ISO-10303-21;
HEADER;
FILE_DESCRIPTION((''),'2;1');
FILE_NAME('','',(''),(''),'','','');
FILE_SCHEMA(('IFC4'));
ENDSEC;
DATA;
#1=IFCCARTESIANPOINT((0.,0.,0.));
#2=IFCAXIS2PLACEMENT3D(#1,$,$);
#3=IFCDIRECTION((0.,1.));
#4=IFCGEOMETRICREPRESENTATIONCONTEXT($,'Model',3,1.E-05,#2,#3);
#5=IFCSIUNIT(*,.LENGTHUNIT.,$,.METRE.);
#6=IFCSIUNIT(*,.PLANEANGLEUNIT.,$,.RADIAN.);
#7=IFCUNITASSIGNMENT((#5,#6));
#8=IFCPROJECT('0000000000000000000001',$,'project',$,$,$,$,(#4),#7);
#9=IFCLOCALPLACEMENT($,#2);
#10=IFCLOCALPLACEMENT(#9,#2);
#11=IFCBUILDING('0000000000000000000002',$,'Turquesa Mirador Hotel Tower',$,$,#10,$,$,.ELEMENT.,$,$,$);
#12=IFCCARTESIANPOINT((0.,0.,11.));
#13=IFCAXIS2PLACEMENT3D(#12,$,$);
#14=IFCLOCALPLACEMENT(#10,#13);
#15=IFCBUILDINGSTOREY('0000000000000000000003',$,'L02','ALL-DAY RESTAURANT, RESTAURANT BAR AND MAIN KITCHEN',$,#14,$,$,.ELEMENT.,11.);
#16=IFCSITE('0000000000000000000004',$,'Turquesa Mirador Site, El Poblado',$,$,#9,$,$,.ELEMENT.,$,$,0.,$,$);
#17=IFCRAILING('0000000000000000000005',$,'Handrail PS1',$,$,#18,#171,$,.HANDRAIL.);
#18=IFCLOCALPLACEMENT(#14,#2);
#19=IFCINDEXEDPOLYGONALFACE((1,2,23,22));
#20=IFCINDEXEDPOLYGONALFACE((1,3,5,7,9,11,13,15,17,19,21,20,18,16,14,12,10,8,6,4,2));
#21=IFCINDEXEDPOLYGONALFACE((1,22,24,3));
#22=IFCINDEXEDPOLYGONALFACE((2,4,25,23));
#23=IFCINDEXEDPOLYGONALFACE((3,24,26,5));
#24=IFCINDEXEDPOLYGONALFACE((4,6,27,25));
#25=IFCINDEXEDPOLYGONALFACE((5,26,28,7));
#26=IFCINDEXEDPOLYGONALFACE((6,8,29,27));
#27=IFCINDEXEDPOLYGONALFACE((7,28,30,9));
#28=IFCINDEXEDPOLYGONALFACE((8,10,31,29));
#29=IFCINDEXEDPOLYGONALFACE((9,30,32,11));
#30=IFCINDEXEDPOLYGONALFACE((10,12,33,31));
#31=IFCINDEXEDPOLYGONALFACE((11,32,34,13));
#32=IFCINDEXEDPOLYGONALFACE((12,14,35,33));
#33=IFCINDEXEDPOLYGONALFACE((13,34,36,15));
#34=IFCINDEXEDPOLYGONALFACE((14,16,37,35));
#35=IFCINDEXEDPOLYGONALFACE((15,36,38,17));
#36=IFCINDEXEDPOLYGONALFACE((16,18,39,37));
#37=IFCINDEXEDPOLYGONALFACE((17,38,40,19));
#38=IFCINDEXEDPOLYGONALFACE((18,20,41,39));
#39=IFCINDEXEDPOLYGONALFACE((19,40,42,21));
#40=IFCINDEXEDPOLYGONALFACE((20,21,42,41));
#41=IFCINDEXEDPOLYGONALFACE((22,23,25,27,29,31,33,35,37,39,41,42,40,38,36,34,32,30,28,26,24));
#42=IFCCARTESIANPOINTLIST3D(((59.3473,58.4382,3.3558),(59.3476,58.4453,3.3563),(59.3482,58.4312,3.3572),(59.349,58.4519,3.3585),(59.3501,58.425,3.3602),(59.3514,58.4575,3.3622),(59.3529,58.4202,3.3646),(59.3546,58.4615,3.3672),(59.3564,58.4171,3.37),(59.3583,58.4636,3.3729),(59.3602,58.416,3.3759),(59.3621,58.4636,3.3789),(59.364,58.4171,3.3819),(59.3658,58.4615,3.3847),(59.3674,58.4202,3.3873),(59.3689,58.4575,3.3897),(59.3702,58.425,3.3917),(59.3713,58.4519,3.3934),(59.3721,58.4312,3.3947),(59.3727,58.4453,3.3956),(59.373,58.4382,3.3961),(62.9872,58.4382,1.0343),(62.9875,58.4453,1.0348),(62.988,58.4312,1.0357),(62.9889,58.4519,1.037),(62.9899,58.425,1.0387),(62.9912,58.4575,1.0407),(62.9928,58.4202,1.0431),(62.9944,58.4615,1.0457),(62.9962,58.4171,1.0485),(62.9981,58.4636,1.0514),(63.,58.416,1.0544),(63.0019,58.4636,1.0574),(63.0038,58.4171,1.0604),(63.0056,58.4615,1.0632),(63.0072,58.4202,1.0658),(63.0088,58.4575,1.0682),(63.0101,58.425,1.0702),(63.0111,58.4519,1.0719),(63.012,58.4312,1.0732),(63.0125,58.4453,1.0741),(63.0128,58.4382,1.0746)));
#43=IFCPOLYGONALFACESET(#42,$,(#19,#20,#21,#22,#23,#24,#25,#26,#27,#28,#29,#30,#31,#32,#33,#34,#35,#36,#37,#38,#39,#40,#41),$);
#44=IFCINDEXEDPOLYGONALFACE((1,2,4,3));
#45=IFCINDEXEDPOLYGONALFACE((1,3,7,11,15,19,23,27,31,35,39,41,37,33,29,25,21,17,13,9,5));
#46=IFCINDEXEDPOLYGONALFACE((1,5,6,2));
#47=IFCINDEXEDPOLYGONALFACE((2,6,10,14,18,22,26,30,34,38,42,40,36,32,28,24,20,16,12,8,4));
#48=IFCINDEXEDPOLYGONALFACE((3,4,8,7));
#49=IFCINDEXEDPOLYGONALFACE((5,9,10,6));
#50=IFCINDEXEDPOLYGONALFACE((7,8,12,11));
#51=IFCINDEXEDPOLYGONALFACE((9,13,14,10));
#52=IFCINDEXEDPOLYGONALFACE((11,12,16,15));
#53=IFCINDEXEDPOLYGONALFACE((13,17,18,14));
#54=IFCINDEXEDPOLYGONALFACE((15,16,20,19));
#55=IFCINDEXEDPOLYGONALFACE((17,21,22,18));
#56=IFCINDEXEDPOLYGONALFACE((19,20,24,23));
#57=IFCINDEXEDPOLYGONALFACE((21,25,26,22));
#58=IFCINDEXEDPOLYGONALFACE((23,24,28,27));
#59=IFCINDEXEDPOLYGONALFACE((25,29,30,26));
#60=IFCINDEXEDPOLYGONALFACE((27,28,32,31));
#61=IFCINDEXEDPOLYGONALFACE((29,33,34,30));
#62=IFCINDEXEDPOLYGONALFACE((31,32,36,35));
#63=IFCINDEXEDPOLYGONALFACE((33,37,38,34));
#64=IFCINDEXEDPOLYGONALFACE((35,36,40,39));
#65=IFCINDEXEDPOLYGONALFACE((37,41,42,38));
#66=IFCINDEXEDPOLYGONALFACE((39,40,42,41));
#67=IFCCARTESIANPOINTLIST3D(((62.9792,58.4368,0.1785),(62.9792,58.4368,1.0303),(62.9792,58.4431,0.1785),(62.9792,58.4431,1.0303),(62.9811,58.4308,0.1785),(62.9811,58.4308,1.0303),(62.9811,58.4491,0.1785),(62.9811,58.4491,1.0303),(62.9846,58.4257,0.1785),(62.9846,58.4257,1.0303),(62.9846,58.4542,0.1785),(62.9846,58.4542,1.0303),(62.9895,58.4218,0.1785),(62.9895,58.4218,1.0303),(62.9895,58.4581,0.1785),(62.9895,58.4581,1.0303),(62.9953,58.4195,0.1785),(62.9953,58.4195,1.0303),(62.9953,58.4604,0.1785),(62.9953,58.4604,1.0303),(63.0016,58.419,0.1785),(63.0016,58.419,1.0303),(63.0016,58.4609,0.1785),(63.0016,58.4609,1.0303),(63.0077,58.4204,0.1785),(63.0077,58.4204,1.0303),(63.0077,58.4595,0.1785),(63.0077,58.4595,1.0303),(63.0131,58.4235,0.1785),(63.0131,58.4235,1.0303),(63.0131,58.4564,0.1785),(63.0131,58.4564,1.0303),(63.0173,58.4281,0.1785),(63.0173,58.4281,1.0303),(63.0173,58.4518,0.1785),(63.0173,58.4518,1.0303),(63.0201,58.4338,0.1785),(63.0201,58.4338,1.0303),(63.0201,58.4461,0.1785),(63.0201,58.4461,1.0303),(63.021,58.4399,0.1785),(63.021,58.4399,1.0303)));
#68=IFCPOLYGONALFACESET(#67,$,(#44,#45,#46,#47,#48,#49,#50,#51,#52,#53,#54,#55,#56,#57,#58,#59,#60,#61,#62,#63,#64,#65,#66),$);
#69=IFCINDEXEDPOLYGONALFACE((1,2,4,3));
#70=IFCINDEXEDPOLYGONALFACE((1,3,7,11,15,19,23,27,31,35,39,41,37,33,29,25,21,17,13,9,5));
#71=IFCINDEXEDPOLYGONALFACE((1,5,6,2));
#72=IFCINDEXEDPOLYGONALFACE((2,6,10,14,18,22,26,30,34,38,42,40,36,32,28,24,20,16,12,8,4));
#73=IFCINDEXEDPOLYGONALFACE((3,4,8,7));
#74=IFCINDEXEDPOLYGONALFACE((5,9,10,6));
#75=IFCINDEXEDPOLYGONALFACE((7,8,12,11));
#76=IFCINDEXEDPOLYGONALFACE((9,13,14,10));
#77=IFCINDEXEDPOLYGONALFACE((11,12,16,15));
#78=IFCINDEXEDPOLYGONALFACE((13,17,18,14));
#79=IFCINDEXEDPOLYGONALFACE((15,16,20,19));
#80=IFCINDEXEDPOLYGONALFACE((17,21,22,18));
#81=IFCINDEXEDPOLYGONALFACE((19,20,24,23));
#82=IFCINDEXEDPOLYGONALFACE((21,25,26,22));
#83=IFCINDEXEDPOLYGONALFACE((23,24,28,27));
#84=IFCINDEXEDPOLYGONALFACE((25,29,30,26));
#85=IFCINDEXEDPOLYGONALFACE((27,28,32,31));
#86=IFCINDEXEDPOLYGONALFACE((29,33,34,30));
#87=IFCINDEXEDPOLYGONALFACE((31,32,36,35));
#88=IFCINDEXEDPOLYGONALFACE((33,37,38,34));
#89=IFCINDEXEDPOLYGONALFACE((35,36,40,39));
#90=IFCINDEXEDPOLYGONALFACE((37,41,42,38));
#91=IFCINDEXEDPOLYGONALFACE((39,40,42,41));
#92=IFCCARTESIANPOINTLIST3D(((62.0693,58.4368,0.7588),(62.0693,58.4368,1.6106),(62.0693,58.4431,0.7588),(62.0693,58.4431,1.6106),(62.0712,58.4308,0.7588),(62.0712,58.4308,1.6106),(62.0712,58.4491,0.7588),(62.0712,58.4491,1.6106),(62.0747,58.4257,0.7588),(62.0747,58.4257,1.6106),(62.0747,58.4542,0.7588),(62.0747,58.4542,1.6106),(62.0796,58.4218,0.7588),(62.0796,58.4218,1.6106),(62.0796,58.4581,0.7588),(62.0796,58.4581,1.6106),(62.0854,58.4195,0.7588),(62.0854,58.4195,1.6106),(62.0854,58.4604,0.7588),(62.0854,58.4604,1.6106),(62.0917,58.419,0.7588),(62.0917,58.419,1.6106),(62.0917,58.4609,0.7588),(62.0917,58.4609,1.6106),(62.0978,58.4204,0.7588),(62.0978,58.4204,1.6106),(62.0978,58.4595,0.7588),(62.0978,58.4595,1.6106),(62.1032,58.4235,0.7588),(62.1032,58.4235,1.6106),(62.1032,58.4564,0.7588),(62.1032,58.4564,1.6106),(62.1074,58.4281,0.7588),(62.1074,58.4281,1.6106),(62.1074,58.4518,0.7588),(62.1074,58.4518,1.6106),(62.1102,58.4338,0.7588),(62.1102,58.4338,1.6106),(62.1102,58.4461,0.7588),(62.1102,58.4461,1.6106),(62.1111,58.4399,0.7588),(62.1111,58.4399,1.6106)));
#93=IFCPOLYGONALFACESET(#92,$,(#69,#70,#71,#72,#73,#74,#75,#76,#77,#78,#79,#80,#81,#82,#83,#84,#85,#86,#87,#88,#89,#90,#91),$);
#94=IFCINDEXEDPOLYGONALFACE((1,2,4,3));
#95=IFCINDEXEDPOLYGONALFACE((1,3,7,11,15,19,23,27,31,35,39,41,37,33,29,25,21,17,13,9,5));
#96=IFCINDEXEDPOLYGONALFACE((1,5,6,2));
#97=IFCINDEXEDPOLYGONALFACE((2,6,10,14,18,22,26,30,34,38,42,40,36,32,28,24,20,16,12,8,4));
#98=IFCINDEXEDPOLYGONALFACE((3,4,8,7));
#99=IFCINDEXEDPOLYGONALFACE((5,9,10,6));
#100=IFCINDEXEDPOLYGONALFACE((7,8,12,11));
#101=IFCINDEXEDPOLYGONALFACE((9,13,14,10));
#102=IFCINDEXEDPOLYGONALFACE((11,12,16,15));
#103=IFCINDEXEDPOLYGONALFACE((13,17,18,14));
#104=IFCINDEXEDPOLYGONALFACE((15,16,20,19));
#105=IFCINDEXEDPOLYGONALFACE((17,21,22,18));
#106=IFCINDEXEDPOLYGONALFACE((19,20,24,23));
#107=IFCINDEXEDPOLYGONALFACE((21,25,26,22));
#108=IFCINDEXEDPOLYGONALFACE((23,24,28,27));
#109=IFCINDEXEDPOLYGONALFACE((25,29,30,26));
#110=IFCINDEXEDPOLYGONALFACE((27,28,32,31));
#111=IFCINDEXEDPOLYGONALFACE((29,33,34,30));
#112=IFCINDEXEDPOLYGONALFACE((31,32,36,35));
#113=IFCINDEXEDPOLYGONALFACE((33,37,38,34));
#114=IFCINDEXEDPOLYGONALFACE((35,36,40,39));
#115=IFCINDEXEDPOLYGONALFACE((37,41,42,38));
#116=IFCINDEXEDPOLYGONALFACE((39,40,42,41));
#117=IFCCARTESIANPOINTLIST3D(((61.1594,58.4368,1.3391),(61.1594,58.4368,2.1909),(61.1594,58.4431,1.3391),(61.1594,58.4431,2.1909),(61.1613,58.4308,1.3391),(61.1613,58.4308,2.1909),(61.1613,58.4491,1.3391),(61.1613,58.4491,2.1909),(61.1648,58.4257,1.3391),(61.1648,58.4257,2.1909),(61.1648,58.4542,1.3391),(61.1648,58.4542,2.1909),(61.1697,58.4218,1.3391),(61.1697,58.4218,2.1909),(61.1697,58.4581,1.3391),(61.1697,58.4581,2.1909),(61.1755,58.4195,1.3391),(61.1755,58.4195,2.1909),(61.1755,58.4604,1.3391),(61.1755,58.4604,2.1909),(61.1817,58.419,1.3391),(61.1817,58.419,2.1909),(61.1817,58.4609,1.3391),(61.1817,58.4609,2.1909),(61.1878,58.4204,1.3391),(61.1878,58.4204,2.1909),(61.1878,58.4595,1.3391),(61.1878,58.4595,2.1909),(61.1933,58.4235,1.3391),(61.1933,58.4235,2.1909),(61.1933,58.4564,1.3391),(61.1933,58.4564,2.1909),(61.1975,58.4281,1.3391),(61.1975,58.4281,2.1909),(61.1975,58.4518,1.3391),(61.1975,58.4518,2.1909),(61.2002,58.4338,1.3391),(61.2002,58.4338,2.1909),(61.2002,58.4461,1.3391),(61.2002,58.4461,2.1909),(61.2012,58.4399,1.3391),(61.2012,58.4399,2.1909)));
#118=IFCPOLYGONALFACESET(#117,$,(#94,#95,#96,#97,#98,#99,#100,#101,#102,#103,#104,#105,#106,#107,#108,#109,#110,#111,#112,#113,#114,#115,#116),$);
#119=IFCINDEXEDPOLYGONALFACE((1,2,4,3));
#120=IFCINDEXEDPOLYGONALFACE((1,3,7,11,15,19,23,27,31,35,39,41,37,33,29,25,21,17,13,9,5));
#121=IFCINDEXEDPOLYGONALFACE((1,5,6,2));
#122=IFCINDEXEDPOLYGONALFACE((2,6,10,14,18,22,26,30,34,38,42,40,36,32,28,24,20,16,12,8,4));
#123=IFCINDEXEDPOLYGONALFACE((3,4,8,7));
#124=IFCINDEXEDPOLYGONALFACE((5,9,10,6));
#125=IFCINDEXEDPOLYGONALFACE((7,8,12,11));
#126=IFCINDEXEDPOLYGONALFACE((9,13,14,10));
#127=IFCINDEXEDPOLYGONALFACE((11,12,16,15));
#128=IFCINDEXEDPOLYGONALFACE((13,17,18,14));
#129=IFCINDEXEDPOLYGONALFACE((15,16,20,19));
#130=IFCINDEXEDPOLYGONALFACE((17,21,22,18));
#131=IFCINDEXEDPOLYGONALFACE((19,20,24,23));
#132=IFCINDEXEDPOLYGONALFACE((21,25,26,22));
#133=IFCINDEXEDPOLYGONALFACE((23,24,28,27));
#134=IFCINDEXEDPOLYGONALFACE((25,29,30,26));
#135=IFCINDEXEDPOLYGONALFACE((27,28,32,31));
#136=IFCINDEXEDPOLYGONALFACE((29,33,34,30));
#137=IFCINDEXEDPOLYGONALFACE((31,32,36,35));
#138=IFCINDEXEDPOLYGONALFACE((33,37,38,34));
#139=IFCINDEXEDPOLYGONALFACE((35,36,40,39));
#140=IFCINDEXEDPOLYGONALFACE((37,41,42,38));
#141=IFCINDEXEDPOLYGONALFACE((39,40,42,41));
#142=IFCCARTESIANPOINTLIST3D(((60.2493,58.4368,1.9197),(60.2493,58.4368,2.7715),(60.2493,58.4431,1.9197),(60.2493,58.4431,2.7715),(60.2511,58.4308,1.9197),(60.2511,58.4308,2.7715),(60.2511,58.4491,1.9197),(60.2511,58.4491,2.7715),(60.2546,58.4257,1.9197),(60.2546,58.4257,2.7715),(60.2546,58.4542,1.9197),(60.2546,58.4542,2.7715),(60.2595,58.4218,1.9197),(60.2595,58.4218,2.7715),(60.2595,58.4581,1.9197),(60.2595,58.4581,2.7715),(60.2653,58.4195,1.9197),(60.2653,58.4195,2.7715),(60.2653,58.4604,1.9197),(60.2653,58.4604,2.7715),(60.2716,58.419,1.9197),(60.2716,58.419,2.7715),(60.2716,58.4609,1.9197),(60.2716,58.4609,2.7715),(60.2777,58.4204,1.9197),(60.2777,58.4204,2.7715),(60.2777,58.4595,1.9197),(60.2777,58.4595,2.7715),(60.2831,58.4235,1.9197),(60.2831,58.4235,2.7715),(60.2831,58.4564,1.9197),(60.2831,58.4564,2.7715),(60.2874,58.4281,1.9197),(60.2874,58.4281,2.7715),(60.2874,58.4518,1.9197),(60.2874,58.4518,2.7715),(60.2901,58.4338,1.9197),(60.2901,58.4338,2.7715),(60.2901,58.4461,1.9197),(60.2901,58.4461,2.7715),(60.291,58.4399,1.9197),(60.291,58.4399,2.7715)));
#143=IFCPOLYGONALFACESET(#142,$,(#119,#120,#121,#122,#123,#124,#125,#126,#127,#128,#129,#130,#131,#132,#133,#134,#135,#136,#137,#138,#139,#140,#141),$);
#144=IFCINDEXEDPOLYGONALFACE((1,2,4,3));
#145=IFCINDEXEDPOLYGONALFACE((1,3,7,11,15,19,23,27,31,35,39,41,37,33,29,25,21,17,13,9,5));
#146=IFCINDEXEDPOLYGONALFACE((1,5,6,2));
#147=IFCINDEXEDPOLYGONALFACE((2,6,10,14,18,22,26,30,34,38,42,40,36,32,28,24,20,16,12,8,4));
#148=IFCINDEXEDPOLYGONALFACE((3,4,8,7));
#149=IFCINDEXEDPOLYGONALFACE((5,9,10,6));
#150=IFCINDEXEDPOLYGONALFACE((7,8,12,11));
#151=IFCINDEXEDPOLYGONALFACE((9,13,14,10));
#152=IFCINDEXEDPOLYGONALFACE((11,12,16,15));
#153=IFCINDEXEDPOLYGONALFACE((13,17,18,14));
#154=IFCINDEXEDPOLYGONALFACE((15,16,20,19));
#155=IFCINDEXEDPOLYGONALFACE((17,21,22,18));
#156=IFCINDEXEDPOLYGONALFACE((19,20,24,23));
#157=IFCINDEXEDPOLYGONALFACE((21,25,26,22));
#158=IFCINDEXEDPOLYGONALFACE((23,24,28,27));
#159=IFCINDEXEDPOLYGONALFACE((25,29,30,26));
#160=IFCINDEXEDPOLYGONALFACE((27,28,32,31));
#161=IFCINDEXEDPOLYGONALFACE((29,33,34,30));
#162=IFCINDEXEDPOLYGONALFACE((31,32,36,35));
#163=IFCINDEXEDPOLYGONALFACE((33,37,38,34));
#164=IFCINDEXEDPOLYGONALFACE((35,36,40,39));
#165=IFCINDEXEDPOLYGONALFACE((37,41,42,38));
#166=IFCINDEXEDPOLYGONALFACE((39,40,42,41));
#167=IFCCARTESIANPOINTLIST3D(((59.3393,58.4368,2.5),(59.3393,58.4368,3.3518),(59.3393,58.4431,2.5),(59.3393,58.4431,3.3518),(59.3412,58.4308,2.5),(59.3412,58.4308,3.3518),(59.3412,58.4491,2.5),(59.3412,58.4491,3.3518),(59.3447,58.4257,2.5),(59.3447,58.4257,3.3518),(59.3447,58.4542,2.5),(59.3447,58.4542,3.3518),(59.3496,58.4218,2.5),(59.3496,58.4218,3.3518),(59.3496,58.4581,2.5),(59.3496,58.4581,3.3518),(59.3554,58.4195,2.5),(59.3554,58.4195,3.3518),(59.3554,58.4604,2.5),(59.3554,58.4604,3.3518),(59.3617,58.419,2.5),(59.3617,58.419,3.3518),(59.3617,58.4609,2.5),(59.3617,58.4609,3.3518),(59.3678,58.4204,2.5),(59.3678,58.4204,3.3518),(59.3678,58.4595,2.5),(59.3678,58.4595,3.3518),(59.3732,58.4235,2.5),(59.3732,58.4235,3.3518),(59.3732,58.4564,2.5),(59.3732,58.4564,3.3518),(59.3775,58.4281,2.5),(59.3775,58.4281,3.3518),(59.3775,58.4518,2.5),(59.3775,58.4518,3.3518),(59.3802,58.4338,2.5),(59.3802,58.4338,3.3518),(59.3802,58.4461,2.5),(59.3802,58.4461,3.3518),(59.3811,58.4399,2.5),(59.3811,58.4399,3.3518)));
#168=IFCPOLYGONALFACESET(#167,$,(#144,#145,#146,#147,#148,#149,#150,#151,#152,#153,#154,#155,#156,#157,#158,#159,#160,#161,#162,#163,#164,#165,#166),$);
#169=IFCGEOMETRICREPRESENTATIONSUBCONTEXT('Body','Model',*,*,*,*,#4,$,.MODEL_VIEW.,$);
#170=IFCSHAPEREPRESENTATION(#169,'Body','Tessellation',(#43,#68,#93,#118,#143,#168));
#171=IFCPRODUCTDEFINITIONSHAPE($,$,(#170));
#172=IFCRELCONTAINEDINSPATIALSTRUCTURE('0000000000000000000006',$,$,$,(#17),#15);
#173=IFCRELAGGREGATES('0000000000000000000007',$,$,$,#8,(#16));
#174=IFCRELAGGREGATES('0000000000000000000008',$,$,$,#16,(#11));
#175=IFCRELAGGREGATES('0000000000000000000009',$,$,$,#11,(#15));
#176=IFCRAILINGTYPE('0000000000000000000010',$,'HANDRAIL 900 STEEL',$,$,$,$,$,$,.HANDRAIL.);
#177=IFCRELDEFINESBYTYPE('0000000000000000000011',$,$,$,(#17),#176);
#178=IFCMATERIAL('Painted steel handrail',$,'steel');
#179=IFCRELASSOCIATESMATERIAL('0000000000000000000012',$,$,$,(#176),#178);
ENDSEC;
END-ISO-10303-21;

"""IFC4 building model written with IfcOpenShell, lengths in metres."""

from ifc_helpers import new_model, si_unit, direction, frame, origin, origin_2d, place, context, subcontext, project, spatial, circle, extrude, material, type_object, element, save


model = new_model("IFC4")

# Units and contexts
model_context = context("Model", 3, precision=1e-05, world=origin(), true_north=direction((0.0, 1.0)))
body_context = subcontext(model_context, "Body", "Model", "MODEL_VIEW")
ifc_project = project(units=[si_unit("LENGTHUNIT", "METRE"), si_unit("PLANEANGLEUNIT", "RADIAN")], contexts=[model_context])

# Site, building, storey
site_placement = place(None, origin())
site = spatial("IfcSite", under=ifc_project, at=site_placement, Name="Turquesa Mirador Site, El Poblado", CompositionType="ELEMENT", RefElevation=0.0)
building_placement = place(site_placement, origin())
building = spatial("IfcBuilding", under=site, at=building_placement, Name="Turquesa Mirador Hotel Tower", CompositionType="ELEMENT")
storey_placement = place(building_placement, frame((0.0, 0.0, 11.0)))
storey = spatial("IfcBuildingStorey", under=building, at=storey_placement, Name="L02", Description="ALL-DAY RESTAURANT, RESTAURANT BAR AND MAIN KITCHEN", CompositionType="ELEMENT", Elevation=11.0)

# Railing
ifc_material_1 = material(Name="Painted steel handrail", Category="steel")
railing_type = type_object("IfcRailingType", Name="HANDRAIL 900 STEEL", PredefinedType="HANDRAIL", material=ifc_material_1)
railing_placement = place(storey_placement, frame((63.0, 58.4399, 0.1785)))
element("IfcRailing", 1, at=railing_placement, inside=storey, type_object=railing_type, Name="Handrail PS1", PredefinedType="HANDRAIL", context=body_context, shape_type="SweptSolid", body=[
    extrude(circle(Radius=0.0239, at=origin_2d()), frame((0.0, 0.0, 0.876), z_axis=(-0.843112, 0.0, 0.537739), x_axis=(0.0, -1.0, 0.0)), (0.0, 0.0, 1.0), 4.3171),
    extrude(circle(Radius=0.021, at=origin_2d()), origin(), (0.0, 0.0, 1.0), 0.8518),
    extrude(circle(Radius=0.021, at=origin_2d()), frame((-0.9099, 0.0, 0.5803)), (0.0, 0.0, 1.0), 0.8518),
    extrude(circle(Radius=0.021, at=origin_2d()), frame((-1.8198, 0.0, 1.1606)), (0.0, 0.0, 1.0), 0.8518),
    extrude(circle(Radius=0.021, at=origin_2d()), frame((-2.73, 0.0, 1.7412)), (0.0, 0.0, 1.0), 0.8518),
    extrude(circle(Radius=0.021, at=origin_2d()), frame((-3.6399, 0.0, 2.3215)), (0.0, 0.0, 1.0), 0.8518),
])

save(model, "model.ifc")
